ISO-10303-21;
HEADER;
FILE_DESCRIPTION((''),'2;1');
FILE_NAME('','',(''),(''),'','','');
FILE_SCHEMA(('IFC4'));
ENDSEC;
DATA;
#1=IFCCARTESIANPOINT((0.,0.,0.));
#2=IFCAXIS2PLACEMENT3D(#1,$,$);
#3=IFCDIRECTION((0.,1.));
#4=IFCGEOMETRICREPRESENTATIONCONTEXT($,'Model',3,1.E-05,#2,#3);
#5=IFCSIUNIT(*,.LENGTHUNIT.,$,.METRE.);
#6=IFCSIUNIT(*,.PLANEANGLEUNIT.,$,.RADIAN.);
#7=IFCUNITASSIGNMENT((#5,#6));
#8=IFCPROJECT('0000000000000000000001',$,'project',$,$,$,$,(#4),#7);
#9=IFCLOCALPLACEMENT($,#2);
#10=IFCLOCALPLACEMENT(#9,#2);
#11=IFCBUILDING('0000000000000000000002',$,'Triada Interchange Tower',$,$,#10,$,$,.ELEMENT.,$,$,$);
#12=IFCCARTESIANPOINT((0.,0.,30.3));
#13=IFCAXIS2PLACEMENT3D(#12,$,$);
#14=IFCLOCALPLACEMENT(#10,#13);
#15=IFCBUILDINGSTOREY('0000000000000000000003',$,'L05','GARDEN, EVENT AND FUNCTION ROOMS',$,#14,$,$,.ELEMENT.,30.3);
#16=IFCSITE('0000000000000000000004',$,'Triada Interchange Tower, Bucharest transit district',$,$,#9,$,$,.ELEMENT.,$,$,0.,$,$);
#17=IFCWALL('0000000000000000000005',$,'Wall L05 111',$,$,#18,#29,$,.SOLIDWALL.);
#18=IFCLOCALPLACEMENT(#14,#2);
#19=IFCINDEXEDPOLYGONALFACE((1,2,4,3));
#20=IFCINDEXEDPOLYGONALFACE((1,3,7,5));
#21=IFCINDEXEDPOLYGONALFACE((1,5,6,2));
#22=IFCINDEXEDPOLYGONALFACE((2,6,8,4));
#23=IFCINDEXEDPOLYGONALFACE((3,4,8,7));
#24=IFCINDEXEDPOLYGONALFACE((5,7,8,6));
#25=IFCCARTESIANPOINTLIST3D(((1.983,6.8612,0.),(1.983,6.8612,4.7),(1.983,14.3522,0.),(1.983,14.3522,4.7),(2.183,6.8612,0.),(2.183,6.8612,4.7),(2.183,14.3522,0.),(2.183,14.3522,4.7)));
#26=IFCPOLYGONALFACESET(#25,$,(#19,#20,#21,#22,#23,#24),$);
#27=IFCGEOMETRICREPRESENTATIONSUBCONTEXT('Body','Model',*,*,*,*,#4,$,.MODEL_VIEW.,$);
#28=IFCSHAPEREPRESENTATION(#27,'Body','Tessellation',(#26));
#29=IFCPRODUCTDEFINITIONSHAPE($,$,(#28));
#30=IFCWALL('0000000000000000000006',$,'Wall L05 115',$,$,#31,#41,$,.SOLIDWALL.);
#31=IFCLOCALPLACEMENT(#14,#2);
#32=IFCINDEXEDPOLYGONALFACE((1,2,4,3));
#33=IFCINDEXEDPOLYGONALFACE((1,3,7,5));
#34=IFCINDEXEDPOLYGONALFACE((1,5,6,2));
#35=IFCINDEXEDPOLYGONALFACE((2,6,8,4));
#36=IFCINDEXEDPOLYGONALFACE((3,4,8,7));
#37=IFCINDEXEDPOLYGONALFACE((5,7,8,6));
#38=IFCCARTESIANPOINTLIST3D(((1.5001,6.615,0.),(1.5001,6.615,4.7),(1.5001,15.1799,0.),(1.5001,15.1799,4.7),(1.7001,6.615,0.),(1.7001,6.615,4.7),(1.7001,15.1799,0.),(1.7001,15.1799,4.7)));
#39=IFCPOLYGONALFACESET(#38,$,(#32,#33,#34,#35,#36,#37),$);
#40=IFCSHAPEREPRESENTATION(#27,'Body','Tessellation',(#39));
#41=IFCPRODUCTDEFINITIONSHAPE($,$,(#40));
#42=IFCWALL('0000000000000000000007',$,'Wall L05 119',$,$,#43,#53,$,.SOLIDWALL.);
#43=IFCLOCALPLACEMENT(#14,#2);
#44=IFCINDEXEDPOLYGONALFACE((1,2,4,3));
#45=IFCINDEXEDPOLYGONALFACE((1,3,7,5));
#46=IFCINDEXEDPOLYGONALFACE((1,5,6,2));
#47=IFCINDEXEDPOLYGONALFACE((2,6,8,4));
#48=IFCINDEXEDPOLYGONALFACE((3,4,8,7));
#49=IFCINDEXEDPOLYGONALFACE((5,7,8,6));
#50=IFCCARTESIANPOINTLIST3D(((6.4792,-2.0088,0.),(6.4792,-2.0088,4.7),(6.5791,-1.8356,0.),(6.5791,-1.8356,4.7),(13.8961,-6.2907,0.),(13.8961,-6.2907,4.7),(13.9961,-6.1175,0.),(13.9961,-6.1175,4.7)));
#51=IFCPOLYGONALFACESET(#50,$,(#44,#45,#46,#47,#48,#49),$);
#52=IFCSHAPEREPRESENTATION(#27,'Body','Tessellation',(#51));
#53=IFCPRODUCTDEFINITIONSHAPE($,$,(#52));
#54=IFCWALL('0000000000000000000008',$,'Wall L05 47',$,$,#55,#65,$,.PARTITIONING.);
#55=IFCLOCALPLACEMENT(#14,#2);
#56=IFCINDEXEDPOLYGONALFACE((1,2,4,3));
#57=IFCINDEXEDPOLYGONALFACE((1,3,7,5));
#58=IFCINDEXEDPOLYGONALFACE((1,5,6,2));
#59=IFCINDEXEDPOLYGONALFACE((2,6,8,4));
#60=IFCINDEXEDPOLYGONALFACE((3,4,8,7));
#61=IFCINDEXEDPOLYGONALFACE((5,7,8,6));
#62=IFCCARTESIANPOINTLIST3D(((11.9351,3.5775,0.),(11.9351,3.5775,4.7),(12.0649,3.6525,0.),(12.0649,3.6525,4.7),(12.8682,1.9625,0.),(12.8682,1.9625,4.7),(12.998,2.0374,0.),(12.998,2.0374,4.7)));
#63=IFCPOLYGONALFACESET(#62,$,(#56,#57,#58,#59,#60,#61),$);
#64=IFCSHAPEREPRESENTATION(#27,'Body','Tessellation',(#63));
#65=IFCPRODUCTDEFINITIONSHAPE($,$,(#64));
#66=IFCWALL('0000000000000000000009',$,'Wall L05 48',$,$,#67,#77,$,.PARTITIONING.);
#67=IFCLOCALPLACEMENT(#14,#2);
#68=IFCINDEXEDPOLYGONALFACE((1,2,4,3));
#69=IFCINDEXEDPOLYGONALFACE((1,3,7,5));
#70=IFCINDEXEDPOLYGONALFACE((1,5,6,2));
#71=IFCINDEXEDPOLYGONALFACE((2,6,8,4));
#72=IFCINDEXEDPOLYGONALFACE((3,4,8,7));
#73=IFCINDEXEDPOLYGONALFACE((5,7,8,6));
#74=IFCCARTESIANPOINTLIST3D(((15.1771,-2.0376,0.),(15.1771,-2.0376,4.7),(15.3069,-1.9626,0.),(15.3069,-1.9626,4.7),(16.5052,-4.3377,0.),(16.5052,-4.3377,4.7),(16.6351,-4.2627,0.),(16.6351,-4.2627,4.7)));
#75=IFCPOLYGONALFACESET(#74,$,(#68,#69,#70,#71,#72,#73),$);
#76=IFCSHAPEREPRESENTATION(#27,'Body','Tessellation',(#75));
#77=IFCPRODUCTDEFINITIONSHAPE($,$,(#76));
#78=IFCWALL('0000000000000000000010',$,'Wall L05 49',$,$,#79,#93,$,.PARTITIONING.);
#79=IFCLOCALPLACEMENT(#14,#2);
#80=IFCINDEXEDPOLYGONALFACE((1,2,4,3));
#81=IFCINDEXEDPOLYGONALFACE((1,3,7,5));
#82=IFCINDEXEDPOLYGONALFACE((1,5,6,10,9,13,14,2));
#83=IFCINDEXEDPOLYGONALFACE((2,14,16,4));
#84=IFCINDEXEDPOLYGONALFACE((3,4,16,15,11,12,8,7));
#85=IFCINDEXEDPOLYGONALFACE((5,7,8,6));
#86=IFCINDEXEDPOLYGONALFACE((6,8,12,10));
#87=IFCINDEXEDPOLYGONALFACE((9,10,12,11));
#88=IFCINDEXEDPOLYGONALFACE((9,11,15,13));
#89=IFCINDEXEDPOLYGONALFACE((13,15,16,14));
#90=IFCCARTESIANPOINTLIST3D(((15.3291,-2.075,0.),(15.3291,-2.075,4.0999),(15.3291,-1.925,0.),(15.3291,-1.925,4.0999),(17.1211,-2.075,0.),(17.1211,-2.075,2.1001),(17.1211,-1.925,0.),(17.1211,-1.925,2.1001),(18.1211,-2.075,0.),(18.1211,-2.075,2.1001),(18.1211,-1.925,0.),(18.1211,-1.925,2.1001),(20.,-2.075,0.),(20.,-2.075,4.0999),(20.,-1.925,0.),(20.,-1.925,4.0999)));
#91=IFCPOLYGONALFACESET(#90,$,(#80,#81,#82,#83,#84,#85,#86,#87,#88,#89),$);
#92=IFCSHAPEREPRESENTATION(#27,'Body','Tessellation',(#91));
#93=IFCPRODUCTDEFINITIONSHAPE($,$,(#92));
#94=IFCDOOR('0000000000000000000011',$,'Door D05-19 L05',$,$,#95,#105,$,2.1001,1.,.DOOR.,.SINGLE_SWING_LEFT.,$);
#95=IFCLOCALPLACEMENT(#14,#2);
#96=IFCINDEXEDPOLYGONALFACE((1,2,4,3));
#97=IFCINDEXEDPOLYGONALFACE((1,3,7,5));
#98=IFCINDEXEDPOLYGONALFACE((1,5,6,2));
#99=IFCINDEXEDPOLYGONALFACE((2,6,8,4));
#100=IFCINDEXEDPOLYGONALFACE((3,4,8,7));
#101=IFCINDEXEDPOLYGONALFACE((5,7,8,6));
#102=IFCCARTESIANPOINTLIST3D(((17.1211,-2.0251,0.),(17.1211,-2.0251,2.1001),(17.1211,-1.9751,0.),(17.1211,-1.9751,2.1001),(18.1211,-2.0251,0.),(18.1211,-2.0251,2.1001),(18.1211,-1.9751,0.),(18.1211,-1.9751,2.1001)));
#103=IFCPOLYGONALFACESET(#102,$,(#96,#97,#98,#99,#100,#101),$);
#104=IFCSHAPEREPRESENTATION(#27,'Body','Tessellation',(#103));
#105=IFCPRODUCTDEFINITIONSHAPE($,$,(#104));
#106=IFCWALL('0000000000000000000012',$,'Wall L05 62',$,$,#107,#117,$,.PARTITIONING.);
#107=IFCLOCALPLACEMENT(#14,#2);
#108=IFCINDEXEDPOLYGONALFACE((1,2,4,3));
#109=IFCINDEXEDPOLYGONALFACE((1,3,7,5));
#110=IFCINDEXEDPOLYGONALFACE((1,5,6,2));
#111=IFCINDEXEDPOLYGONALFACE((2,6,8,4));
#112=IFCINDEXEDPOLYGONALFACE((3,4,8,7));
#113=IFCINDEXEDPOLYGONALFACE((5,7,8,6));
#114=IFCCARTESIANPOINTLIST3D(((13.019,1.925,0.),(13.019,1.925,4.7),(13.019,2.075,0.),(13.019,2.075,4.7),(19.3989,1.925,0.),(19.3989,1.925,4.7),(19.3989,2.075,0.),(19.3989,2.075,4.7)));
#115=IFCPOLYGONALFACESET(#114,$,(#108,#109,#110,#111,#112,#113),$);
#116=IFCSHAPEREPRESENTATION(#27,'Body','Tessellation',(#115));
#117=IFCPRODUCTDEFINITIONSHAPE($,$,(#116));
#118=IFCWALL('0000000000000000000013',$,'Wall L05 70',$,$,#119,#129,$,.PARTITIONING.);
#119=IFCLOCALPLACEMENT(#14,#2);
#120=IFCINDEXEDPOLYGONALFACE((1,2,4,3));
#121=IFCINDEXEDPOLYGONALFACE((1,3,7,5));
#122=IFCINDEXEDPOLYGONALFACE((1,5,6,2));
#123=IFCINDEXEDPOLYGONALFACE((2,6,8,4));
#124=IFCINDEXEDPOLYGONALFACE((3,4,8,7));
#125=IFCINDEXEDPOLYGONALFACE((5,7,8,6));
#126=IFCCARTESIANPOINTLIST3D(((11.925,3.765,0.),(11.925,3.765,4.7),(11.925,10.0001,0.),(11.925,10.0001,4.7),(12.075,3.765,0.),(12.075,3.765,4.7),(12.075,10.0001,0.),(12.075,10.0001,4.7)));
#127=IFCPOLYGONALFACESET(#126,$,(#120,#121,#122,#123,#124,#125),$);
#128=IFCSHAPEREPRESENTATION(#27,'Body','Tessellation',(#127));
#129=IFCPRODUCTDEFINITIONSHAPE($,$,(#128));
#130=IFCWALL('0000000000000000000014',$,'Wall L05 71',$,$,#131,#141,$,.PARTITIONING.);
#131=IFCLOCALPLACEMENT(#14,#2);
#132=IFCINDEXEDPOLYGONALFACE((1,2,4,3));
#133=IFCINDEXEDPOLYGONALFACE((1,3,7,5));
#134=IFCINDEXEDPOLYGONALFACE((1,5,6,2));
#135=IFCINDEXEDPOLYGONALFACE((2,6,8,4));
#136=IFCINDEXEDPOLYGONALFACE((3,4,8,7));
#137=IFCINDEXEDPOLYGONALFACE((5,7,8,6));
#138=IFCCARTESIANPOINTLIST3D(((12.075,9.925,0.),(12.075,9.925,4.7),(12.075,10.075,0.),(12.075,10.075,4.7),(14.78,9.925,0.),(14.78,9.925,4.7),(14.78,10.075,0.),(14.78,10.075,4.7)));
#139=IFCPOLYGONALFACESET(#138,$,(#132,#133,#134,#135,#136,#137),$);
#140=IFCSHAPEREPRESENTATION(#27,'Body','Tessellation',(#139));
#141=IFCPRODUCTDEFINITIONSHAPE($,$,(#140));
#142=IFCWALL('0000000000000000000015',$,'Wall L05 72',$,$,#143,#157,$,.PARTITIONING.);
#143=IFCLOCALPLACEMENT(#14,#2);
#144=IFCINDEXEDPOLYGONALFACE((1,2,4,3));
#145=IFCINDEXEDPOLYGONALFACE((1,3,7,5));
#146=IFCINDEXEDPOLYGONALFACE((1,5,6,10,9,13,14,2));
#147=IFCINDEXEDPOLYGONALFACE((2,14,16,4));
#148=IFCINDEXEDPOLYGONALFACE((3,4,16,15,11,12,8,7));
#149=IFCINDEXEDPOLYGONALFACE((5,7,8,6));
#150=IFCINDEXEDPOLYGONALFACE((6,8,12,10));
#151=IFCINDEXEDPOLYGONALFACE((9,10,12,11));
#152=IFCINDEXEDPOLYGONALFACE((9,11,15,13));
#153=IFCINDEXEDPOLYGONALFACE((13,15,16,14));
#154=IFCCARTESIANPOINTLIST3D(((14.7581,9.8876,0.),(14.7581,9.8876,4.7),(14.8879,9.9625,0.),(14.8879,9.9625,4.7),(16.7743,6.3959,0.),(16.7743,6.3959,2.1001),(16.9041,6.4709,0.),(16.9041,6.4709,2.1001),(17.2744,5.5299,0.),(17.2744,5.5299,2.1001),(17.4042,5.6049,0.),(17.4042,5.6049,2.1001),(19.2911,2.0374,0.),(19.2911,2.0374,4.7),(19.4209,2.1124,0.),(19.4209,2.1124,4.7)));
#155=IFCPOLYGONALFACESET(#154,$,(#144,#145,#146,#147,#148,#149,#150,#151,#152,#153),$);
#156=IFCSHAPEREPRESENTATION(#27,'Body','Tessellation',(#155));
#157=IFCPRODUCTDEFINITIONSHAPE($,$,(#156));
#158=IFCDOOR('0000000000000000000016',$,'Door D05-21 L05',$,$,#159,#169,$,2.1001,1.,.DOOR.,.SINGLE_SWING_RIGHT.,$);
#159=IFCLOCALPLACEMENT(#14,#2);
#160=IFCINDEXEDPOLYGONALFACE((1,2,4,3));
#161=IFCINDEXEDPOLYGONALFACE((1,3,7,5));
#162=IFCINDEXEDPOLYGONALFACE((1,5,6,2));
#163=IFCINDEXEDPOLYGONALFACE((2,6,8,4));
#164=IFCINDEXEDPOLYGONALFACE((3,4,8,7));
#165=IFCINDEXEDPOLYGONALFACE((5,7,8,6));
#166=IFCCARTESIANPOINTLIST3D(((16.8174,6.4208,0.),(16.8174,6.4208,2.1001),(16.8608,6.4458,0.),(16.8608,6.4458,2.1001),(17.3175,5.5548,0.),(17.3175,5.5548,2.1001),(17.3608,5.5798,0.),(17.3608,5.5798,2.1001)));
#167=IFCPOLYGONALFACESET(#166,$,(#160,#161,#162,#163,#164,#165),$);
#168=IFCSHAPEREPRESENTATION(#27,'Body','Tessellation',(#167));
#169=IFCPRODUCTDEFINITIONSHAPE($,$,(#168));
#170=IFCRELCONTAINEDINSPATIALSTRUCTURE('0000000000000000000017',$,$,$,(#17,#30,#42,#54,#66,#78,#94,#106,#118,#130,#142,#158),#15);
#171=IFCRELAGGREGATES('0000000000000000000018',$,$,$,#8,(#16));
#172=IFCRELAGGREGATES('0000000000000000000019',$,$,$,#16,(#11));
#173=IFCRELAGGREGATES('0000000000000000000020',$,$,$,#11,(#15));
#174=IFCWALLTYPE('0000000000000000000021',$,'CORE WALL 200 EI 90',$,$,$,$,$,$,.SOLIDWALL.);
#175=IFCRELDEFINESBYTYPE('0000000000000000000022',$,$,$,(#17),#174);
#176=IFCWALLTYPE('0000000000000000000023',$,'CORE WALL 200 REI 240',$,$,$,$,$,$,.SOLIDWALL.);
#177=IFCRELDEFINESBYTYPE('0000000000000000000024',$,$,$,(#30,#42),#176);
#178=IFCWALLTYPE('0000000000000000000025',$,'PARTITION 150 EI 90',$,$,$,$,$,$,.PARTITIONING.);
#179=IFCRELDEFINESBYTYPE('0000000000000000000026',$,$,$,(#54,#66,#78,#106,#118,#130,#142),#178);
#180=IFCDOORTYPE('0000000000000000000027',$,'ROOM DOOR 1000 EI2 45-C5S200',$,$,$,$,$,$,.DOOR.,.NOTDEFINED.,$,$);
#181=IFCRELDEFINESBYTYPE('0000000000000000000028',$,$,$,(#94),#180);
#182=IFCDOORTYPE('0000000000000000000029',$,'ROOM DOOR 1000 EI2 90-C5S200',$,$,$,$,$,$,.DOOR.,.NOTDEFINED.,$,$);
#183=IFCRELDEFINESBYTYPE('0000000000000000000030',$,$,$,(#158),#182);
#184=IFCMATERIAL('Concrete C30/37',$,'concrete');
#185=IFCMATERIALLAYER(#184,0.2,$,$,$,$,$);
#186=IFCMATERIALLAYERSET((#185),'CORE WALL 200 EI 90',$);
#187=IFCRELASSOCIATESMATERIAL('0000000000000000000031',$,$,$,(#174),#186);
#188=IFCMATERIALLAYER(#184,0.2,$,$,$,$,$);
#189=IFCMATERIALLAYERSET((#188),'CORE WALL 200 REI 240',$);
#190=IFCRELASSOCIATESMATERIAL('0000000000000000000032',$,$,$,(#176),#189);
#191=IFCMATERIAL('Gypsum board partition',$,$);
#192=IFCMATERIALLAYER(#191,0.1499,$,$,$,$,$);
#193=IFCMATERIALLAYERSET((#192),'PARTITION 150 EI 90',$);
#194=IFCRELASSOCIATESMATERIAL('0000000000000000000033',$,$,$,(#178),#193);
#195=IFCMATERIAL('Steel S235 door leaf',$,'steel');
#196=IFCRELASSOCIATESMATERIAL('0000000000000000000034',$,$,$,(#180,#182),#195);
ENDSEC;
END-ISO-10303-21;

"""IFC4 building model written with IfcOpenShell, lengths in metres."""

from ifc_helpers import new_model, si_unit, direction, frame, frame_2d, origin, place, context, subcontext, project, spatial, rectangle, extrude, material, layer, layer_set, type_object, element, fill, save


model = new_model("IFC4")

# Units and contexts
model_context = context("Model", 3, precision=1e-05, world=origin(), true_north=direction((0.0, 1.0)))
body_context = subcontext(model_context, "Body", "Model", "MODEL_VIEW")
ifc_project = project(units=[si_unit("LENGTHUNIT", "METRE"), si_unit("PLANEANGLEUNIT", "RADIAN")], contexts=[model_context])

# Site, building, storey
site_placement = place(None, origin())
site = spatial("IfcSite", under=ifc_project, at=site_placement, Name="Triada Interchange Tower, Bucharest transit district", CompositionType="ELEMENT", RefElevation=0.0)
building_placement = place(site_placement, origin())
building = spatial("IfcBuilding", under=site, at=building_placement, Name="Triada Interchange Tower", CompositionType="ELEMENT")
storey_placement = place(building_placement, frame((0.0, 0.0, 30.3)))
storey = spatial("IfcBuildingStorey", under=building, at=storey_placement, Name="L05", Description="GARDEN, EVENT AND FUNCTION ROOMS", CompositionType="ELEMENT", Elevation=30.3)

# Shared definitions
ifc_material_1 = material(Name="Concrete C30/37", Category="concrete")
ifc_material_2 = material(Name="Steel S235 door leaf", Category="steel")

# Walls
ifc_layer_1 = layer(ifc_material_1, 0.2)
ifc_layer_set_1 = layer_set([ifc_layer_1], Name="CORE WALL 200 EI 90")
wall_type_1 = type_object("IfcWallType", Name="CORE WALL 200 EI 90", PredefinedType="SOLIDWALL", material=ifc_layer_set_1)
wall_1_placement = place(storey_placement, frame((2.083, 6.8611, 0.0), z_axis=(0.0, 0.0, 1.0), x_axis=(0.0, 1.0, 0.0)))
element("IfcWall", 1, at=wall_1_placement, inside=storey, type_object=wall_type_1, Name="Wall L05 111", PredefinedType="SOLIDWALL", context=body_context, shape_type="SweptSolid", body=[
    extrude(rectangle(XDim=7.491, YDim=0.2, at=frame_2d((3.7456, 0.0))), origin(), (0.0, 0.0, 1.0), 4.7),
])
ifc_layer_2 = layer(ifc_material_1, 0.2)
ifc_layer_set_2 = layer_set([ifc_layer_2], Name="CORE WALL 200 REI 240")
wall_type_2 = type_object("IfcWallType", Name="CORE WALL 200 REI 240", PredefinedType="SOLIDWALL", material=ifc_layer_set_2)
wall_2_placement = place(storey_placement, frame((1.6001, 6.615, 0.0), z_axis=(0.0, 0.0, 1.0), x_axis=(0.0, 1.0, 0.0)))
element("IfcWall", 2, at=wall_2_placement, inside=storey, type_object=wall_type_2, Name="Wall L05 115", PredefinedType="SOLIDWALL", context=body_context, shape_type="SweptSolid", body=[
    extrude(rectangle(XDim=8.5649, YDim=0.2, at=frame_2d((4.2825, 0.0))), origin(), (0.0, 0.0, 1.0), 4.7),
])
wall_3_placement = place(storey_placement, frame((6.5291, -1.9221, 0.0), z_axis=(0.0, 0.0, 1.0), x_axis=(0.866037, -0.499981, 0.0)))
element("IfcWall", 3, at=wall_3_placement, inside=storey, type_object=wall_type_2, Name="Wall L05 119", PredefinedType="SOLIDWALL", context=body_context, shape_type="SweptSolid", body=[
    extrude(rectangle(XDim=8.5642, YDim=0.2, at=frame_2d((4.2822, 0.0))), origin(), (0.0, 0.0, 1.0), 4.7),
])
ifc_material_3 = material(Name="Gypsum board partition")
ifc_layer_3 = layer(ifc_material_3, 0.1499)
ifc_layer_set_3 = layer_set([ifc_layer_3], Name="PARTITION 150 EI 90")
wall_type_3 = type_object("IfcWallType", Name="PARTITION 150 EI 90", PredefinedType="PARTITIONING", material=ifc_layer_set_3)
wall_4_placement = place(storey_placement, frame((12.0, 3.615, 0.0), z_axis=(0.0, 0.0, 1.0), x_axis=(0.500278, -0.865865, 0.0)))
element("IfcWall", 4, at=wall_4_placement, inside=storey, type_object=wall_type_3, Name="Wall L05 47", PredefinedType="PARTITIONING", context=body_context, shape_type="SweptSolid", body=[
    extrude(rectangle(XDim=1.8652, YDim=0.1499, at=frame_2d((0.9326, 0.0))), origin(), (0.0, 0.0, 1.0), 4.7),
])
wall_5_placement = place(storey_placement, frame((15.2419, -2.0, 0.0), z_axis=(0.0, 0.0, 1.0), x_axis=(0.500054, -0.865994, 0.0)))
element("IfcWall", 5, at=wall_5_placement, inside=storey, type_object=wall_type_3, Name="Wall L05 48", PredefinedType="PARTITIONING", context=body_context, shape_type="SweptSolid", body=[
    extrude(rectangle(XDim=2.656, YDim=0.1499, at=frame_2d((1.3281, 0.0))), origin(), (0.0, 0.0, 1.0), 4.7),
])

# Wall, opening, door
wall_6_placement = place(storey_placement, frame((15.3291, -2.0, 0.0), z_axis=(0.0, 0.0, 1.0), x_axis=(1.0, 0.0, 0.0)))
wall_6 = element("IfcWall", 6, at=wall_6_placement, inside=storey, type_object=wall_type_3, Name="Wall L05 49", PredefinedType="PARTITIONING", context=body_context, shape_type="SweptSolid", body=[
    extrude(rectangle(XDim=4.6709, YDim=0.1499, at=frame_2d((2.3354, 0.0))), origin(), (0.0, 0.0, 1.0), 4.0999),
])
opening_1_placement = place(wall_6_placement, frame((1.792, 0.0, 0.0)))
opening_1 = element("IfcOpeningElement", 7, at=opening_1_placement, cuts=wall_6, PredefinedType="OPENING", context=body_context, shape_type="SweptSolid", body=[
    extrude(rectangle(XDim=1.0, YDim=2.1001, at=frame_2d((0.5, 1.05))), frame((0.0, 0.085, 0.0), z_axis=(0.0, -1.0, 0.0), x_axis=(1.0, 0.0, 0.0)), (0.0, 0.0, 1.0), 0.1699),
])
door_type_1 = type_object("IfcDoorType", Name="ROOM DOOR 1000 EI2 45-C5S200", OperationType="NOTDEFINED", PredefinedType="DOOR", material=ifc_material_2)
door_1_placement = place(opening_1_placement, origin())
door_1 = element("IfcDoor", 8, at=door_1_placement, inside=storey, type_object=door_type_1, Name="Door D05-19 L05", OperationType="SINGLE_SWING_LEFT", OverallHeight=2.1001, OverallWidth=1.0, PredefinedType="DOOR", context=body_context, shape_type="SweptSolid", body=[
    extrude(rectangle(XDim=1.0, YDim=2.1001, at=frame_2d((0.5, 1.05))), frame((0.0, 0.0249, 0.0), z_axis=(0.0, -1.0, 0.0), x_axis=(1.0, 0.0, 0.0)), (0.0, 0.0, 1.0), 0.05),
])
fill(opening_1, door_1)

# Walls
wall_7_placement = place(storey_placement, frame((13.019, 2.0, 0.0), z_axis=(0.0, 0.0, 1.0), x_axis=(1.0, 0.0, 0.0)))
element("IfcWall", 9, at=wall_7_placement, inside=storey, type_object=wall_type_3, Name="Wall L05 62", PredefinedType="PARTITIONING", context=body_context, shape_type="SweptSolid", body=[
    extrude(rectangle(XDim=6.3799, YDim=0.1499, at=frame_2d((3.1899, 0.0))), origin(), (0.0, 0.0, 1.0), 4.7),
])
wall_8_placement = place(storey_placement, frame((12.0, 3.7649, 0.0), z_axis=(0.0, 0.0, 1.0), x_axis=(0.0, 1.0, 0.0)))
element("IfcWall", 10, at=wall_8_placement, inside=storey, type_object=wall_type_3, Name="Wall L05 70", PredefinedType="PARTITIONING", context=body_context, shape_type="SweptSolid", body=[
    extrude(rectangle(XDim=6.2351, YDim=0.1499, at=frame_2d((3.1177, 0.0))), origin(), (0.0, 0.0, 1.0), 4.7),
])
wall_9_placement = place(storey_placement, frame((12.075, 10.0, 0.0), z_axis=(0.0, 0.0, 1.0), x_axis=(1.0, 0.0, 0.0)))
element("IfcWall", 11, at=wall_9_placement, inside=storey, type_object=wall_type_3, Name="Wall L05 71", PredefinedType="PARTITIONING", context=body_context, shape_type="SweptSolid", body=[
    extrude(rectangle(XDim=2.7051, YDim=0.1499, at=frame_2d((1.3525, 0.0))), origin(), (0.0, 0.0, 1.0), 4.7),
])

# Wall, opening, door
wall_10_placement = place(storey_placement, frame((14.823, 9.925, 0.0), z_axis=(0.0, 0.0, 1.0), x_axis=(0.500058, -0.865992, 0.0)))
wall_10 = element("IfcWall", 12, at=wall_10_placement, inside=storey, type_object=wall_type_3, Name="Wall L05 72", PredefinedType="PARTITIONING", context=body_context, shape_type="SweptSolid", body=[
    extrude(rectangle(XDim=9.0649, YDim=0.1499, at=frame_2d((4.5325, 0.0))), origin(), (0.0, 0.0, 1.0), 4.7),
])
opening_2_placement = place(wall_10_placement, frame((4.032, 0.0, 0.0)))
opening_2 = element("IfcOpeningElement", 13, at=opening_2_placement, cuts=wall_10, PredefinedType="OPENING", context=body_context, shape_type="SweptSolid", body=[
    extrude(rectangle(XDim=1.0, YDim=2.1001, at=frame_2d((0.5, 1.05))), frame((0.0, 0.085, 0.0), z_axis=(0.0, -1.0, 0.0), x_axis=(1.0, 0.0, 0.0)), (0.0, 0.0, 1.0), 0.1699),
])
door_type_2 = type_object("IfcDoorType", Name="ROOM DOOR 1000 EI2 90-C5S200", OperationType="NOTDEFINED", PredefinedType="DOOR", material=ifc_material_2)
door_2_placement = place(opening_2_placement, origin())
door_2 = element("IfcDoor", 14, at=door_2_placement, inside=storey, type_object=door_type_2, Name="Door D05-21 L05", OperationType="SINGLE_SWING_RIGHT", OverallHeight=2.1001, OverallWidth=1.0, PredefinedType="DOOR", context=body_context, shape_type="SweptSolid", body=[
    extrude(rectangle(XDim=1.0, YDim=2.1001, at=frame_2d((0.5, 1.05))), frame((0.0, 0.0249, 0.0), z_axis=(0.0, -1.0, 0.0), x_axis=(1.0, 0.0, 0.0)), (0.0, 0.0, 1.0), 0.05),
])
fill(opening_2, door_2)

save(model, "model.ifc")
